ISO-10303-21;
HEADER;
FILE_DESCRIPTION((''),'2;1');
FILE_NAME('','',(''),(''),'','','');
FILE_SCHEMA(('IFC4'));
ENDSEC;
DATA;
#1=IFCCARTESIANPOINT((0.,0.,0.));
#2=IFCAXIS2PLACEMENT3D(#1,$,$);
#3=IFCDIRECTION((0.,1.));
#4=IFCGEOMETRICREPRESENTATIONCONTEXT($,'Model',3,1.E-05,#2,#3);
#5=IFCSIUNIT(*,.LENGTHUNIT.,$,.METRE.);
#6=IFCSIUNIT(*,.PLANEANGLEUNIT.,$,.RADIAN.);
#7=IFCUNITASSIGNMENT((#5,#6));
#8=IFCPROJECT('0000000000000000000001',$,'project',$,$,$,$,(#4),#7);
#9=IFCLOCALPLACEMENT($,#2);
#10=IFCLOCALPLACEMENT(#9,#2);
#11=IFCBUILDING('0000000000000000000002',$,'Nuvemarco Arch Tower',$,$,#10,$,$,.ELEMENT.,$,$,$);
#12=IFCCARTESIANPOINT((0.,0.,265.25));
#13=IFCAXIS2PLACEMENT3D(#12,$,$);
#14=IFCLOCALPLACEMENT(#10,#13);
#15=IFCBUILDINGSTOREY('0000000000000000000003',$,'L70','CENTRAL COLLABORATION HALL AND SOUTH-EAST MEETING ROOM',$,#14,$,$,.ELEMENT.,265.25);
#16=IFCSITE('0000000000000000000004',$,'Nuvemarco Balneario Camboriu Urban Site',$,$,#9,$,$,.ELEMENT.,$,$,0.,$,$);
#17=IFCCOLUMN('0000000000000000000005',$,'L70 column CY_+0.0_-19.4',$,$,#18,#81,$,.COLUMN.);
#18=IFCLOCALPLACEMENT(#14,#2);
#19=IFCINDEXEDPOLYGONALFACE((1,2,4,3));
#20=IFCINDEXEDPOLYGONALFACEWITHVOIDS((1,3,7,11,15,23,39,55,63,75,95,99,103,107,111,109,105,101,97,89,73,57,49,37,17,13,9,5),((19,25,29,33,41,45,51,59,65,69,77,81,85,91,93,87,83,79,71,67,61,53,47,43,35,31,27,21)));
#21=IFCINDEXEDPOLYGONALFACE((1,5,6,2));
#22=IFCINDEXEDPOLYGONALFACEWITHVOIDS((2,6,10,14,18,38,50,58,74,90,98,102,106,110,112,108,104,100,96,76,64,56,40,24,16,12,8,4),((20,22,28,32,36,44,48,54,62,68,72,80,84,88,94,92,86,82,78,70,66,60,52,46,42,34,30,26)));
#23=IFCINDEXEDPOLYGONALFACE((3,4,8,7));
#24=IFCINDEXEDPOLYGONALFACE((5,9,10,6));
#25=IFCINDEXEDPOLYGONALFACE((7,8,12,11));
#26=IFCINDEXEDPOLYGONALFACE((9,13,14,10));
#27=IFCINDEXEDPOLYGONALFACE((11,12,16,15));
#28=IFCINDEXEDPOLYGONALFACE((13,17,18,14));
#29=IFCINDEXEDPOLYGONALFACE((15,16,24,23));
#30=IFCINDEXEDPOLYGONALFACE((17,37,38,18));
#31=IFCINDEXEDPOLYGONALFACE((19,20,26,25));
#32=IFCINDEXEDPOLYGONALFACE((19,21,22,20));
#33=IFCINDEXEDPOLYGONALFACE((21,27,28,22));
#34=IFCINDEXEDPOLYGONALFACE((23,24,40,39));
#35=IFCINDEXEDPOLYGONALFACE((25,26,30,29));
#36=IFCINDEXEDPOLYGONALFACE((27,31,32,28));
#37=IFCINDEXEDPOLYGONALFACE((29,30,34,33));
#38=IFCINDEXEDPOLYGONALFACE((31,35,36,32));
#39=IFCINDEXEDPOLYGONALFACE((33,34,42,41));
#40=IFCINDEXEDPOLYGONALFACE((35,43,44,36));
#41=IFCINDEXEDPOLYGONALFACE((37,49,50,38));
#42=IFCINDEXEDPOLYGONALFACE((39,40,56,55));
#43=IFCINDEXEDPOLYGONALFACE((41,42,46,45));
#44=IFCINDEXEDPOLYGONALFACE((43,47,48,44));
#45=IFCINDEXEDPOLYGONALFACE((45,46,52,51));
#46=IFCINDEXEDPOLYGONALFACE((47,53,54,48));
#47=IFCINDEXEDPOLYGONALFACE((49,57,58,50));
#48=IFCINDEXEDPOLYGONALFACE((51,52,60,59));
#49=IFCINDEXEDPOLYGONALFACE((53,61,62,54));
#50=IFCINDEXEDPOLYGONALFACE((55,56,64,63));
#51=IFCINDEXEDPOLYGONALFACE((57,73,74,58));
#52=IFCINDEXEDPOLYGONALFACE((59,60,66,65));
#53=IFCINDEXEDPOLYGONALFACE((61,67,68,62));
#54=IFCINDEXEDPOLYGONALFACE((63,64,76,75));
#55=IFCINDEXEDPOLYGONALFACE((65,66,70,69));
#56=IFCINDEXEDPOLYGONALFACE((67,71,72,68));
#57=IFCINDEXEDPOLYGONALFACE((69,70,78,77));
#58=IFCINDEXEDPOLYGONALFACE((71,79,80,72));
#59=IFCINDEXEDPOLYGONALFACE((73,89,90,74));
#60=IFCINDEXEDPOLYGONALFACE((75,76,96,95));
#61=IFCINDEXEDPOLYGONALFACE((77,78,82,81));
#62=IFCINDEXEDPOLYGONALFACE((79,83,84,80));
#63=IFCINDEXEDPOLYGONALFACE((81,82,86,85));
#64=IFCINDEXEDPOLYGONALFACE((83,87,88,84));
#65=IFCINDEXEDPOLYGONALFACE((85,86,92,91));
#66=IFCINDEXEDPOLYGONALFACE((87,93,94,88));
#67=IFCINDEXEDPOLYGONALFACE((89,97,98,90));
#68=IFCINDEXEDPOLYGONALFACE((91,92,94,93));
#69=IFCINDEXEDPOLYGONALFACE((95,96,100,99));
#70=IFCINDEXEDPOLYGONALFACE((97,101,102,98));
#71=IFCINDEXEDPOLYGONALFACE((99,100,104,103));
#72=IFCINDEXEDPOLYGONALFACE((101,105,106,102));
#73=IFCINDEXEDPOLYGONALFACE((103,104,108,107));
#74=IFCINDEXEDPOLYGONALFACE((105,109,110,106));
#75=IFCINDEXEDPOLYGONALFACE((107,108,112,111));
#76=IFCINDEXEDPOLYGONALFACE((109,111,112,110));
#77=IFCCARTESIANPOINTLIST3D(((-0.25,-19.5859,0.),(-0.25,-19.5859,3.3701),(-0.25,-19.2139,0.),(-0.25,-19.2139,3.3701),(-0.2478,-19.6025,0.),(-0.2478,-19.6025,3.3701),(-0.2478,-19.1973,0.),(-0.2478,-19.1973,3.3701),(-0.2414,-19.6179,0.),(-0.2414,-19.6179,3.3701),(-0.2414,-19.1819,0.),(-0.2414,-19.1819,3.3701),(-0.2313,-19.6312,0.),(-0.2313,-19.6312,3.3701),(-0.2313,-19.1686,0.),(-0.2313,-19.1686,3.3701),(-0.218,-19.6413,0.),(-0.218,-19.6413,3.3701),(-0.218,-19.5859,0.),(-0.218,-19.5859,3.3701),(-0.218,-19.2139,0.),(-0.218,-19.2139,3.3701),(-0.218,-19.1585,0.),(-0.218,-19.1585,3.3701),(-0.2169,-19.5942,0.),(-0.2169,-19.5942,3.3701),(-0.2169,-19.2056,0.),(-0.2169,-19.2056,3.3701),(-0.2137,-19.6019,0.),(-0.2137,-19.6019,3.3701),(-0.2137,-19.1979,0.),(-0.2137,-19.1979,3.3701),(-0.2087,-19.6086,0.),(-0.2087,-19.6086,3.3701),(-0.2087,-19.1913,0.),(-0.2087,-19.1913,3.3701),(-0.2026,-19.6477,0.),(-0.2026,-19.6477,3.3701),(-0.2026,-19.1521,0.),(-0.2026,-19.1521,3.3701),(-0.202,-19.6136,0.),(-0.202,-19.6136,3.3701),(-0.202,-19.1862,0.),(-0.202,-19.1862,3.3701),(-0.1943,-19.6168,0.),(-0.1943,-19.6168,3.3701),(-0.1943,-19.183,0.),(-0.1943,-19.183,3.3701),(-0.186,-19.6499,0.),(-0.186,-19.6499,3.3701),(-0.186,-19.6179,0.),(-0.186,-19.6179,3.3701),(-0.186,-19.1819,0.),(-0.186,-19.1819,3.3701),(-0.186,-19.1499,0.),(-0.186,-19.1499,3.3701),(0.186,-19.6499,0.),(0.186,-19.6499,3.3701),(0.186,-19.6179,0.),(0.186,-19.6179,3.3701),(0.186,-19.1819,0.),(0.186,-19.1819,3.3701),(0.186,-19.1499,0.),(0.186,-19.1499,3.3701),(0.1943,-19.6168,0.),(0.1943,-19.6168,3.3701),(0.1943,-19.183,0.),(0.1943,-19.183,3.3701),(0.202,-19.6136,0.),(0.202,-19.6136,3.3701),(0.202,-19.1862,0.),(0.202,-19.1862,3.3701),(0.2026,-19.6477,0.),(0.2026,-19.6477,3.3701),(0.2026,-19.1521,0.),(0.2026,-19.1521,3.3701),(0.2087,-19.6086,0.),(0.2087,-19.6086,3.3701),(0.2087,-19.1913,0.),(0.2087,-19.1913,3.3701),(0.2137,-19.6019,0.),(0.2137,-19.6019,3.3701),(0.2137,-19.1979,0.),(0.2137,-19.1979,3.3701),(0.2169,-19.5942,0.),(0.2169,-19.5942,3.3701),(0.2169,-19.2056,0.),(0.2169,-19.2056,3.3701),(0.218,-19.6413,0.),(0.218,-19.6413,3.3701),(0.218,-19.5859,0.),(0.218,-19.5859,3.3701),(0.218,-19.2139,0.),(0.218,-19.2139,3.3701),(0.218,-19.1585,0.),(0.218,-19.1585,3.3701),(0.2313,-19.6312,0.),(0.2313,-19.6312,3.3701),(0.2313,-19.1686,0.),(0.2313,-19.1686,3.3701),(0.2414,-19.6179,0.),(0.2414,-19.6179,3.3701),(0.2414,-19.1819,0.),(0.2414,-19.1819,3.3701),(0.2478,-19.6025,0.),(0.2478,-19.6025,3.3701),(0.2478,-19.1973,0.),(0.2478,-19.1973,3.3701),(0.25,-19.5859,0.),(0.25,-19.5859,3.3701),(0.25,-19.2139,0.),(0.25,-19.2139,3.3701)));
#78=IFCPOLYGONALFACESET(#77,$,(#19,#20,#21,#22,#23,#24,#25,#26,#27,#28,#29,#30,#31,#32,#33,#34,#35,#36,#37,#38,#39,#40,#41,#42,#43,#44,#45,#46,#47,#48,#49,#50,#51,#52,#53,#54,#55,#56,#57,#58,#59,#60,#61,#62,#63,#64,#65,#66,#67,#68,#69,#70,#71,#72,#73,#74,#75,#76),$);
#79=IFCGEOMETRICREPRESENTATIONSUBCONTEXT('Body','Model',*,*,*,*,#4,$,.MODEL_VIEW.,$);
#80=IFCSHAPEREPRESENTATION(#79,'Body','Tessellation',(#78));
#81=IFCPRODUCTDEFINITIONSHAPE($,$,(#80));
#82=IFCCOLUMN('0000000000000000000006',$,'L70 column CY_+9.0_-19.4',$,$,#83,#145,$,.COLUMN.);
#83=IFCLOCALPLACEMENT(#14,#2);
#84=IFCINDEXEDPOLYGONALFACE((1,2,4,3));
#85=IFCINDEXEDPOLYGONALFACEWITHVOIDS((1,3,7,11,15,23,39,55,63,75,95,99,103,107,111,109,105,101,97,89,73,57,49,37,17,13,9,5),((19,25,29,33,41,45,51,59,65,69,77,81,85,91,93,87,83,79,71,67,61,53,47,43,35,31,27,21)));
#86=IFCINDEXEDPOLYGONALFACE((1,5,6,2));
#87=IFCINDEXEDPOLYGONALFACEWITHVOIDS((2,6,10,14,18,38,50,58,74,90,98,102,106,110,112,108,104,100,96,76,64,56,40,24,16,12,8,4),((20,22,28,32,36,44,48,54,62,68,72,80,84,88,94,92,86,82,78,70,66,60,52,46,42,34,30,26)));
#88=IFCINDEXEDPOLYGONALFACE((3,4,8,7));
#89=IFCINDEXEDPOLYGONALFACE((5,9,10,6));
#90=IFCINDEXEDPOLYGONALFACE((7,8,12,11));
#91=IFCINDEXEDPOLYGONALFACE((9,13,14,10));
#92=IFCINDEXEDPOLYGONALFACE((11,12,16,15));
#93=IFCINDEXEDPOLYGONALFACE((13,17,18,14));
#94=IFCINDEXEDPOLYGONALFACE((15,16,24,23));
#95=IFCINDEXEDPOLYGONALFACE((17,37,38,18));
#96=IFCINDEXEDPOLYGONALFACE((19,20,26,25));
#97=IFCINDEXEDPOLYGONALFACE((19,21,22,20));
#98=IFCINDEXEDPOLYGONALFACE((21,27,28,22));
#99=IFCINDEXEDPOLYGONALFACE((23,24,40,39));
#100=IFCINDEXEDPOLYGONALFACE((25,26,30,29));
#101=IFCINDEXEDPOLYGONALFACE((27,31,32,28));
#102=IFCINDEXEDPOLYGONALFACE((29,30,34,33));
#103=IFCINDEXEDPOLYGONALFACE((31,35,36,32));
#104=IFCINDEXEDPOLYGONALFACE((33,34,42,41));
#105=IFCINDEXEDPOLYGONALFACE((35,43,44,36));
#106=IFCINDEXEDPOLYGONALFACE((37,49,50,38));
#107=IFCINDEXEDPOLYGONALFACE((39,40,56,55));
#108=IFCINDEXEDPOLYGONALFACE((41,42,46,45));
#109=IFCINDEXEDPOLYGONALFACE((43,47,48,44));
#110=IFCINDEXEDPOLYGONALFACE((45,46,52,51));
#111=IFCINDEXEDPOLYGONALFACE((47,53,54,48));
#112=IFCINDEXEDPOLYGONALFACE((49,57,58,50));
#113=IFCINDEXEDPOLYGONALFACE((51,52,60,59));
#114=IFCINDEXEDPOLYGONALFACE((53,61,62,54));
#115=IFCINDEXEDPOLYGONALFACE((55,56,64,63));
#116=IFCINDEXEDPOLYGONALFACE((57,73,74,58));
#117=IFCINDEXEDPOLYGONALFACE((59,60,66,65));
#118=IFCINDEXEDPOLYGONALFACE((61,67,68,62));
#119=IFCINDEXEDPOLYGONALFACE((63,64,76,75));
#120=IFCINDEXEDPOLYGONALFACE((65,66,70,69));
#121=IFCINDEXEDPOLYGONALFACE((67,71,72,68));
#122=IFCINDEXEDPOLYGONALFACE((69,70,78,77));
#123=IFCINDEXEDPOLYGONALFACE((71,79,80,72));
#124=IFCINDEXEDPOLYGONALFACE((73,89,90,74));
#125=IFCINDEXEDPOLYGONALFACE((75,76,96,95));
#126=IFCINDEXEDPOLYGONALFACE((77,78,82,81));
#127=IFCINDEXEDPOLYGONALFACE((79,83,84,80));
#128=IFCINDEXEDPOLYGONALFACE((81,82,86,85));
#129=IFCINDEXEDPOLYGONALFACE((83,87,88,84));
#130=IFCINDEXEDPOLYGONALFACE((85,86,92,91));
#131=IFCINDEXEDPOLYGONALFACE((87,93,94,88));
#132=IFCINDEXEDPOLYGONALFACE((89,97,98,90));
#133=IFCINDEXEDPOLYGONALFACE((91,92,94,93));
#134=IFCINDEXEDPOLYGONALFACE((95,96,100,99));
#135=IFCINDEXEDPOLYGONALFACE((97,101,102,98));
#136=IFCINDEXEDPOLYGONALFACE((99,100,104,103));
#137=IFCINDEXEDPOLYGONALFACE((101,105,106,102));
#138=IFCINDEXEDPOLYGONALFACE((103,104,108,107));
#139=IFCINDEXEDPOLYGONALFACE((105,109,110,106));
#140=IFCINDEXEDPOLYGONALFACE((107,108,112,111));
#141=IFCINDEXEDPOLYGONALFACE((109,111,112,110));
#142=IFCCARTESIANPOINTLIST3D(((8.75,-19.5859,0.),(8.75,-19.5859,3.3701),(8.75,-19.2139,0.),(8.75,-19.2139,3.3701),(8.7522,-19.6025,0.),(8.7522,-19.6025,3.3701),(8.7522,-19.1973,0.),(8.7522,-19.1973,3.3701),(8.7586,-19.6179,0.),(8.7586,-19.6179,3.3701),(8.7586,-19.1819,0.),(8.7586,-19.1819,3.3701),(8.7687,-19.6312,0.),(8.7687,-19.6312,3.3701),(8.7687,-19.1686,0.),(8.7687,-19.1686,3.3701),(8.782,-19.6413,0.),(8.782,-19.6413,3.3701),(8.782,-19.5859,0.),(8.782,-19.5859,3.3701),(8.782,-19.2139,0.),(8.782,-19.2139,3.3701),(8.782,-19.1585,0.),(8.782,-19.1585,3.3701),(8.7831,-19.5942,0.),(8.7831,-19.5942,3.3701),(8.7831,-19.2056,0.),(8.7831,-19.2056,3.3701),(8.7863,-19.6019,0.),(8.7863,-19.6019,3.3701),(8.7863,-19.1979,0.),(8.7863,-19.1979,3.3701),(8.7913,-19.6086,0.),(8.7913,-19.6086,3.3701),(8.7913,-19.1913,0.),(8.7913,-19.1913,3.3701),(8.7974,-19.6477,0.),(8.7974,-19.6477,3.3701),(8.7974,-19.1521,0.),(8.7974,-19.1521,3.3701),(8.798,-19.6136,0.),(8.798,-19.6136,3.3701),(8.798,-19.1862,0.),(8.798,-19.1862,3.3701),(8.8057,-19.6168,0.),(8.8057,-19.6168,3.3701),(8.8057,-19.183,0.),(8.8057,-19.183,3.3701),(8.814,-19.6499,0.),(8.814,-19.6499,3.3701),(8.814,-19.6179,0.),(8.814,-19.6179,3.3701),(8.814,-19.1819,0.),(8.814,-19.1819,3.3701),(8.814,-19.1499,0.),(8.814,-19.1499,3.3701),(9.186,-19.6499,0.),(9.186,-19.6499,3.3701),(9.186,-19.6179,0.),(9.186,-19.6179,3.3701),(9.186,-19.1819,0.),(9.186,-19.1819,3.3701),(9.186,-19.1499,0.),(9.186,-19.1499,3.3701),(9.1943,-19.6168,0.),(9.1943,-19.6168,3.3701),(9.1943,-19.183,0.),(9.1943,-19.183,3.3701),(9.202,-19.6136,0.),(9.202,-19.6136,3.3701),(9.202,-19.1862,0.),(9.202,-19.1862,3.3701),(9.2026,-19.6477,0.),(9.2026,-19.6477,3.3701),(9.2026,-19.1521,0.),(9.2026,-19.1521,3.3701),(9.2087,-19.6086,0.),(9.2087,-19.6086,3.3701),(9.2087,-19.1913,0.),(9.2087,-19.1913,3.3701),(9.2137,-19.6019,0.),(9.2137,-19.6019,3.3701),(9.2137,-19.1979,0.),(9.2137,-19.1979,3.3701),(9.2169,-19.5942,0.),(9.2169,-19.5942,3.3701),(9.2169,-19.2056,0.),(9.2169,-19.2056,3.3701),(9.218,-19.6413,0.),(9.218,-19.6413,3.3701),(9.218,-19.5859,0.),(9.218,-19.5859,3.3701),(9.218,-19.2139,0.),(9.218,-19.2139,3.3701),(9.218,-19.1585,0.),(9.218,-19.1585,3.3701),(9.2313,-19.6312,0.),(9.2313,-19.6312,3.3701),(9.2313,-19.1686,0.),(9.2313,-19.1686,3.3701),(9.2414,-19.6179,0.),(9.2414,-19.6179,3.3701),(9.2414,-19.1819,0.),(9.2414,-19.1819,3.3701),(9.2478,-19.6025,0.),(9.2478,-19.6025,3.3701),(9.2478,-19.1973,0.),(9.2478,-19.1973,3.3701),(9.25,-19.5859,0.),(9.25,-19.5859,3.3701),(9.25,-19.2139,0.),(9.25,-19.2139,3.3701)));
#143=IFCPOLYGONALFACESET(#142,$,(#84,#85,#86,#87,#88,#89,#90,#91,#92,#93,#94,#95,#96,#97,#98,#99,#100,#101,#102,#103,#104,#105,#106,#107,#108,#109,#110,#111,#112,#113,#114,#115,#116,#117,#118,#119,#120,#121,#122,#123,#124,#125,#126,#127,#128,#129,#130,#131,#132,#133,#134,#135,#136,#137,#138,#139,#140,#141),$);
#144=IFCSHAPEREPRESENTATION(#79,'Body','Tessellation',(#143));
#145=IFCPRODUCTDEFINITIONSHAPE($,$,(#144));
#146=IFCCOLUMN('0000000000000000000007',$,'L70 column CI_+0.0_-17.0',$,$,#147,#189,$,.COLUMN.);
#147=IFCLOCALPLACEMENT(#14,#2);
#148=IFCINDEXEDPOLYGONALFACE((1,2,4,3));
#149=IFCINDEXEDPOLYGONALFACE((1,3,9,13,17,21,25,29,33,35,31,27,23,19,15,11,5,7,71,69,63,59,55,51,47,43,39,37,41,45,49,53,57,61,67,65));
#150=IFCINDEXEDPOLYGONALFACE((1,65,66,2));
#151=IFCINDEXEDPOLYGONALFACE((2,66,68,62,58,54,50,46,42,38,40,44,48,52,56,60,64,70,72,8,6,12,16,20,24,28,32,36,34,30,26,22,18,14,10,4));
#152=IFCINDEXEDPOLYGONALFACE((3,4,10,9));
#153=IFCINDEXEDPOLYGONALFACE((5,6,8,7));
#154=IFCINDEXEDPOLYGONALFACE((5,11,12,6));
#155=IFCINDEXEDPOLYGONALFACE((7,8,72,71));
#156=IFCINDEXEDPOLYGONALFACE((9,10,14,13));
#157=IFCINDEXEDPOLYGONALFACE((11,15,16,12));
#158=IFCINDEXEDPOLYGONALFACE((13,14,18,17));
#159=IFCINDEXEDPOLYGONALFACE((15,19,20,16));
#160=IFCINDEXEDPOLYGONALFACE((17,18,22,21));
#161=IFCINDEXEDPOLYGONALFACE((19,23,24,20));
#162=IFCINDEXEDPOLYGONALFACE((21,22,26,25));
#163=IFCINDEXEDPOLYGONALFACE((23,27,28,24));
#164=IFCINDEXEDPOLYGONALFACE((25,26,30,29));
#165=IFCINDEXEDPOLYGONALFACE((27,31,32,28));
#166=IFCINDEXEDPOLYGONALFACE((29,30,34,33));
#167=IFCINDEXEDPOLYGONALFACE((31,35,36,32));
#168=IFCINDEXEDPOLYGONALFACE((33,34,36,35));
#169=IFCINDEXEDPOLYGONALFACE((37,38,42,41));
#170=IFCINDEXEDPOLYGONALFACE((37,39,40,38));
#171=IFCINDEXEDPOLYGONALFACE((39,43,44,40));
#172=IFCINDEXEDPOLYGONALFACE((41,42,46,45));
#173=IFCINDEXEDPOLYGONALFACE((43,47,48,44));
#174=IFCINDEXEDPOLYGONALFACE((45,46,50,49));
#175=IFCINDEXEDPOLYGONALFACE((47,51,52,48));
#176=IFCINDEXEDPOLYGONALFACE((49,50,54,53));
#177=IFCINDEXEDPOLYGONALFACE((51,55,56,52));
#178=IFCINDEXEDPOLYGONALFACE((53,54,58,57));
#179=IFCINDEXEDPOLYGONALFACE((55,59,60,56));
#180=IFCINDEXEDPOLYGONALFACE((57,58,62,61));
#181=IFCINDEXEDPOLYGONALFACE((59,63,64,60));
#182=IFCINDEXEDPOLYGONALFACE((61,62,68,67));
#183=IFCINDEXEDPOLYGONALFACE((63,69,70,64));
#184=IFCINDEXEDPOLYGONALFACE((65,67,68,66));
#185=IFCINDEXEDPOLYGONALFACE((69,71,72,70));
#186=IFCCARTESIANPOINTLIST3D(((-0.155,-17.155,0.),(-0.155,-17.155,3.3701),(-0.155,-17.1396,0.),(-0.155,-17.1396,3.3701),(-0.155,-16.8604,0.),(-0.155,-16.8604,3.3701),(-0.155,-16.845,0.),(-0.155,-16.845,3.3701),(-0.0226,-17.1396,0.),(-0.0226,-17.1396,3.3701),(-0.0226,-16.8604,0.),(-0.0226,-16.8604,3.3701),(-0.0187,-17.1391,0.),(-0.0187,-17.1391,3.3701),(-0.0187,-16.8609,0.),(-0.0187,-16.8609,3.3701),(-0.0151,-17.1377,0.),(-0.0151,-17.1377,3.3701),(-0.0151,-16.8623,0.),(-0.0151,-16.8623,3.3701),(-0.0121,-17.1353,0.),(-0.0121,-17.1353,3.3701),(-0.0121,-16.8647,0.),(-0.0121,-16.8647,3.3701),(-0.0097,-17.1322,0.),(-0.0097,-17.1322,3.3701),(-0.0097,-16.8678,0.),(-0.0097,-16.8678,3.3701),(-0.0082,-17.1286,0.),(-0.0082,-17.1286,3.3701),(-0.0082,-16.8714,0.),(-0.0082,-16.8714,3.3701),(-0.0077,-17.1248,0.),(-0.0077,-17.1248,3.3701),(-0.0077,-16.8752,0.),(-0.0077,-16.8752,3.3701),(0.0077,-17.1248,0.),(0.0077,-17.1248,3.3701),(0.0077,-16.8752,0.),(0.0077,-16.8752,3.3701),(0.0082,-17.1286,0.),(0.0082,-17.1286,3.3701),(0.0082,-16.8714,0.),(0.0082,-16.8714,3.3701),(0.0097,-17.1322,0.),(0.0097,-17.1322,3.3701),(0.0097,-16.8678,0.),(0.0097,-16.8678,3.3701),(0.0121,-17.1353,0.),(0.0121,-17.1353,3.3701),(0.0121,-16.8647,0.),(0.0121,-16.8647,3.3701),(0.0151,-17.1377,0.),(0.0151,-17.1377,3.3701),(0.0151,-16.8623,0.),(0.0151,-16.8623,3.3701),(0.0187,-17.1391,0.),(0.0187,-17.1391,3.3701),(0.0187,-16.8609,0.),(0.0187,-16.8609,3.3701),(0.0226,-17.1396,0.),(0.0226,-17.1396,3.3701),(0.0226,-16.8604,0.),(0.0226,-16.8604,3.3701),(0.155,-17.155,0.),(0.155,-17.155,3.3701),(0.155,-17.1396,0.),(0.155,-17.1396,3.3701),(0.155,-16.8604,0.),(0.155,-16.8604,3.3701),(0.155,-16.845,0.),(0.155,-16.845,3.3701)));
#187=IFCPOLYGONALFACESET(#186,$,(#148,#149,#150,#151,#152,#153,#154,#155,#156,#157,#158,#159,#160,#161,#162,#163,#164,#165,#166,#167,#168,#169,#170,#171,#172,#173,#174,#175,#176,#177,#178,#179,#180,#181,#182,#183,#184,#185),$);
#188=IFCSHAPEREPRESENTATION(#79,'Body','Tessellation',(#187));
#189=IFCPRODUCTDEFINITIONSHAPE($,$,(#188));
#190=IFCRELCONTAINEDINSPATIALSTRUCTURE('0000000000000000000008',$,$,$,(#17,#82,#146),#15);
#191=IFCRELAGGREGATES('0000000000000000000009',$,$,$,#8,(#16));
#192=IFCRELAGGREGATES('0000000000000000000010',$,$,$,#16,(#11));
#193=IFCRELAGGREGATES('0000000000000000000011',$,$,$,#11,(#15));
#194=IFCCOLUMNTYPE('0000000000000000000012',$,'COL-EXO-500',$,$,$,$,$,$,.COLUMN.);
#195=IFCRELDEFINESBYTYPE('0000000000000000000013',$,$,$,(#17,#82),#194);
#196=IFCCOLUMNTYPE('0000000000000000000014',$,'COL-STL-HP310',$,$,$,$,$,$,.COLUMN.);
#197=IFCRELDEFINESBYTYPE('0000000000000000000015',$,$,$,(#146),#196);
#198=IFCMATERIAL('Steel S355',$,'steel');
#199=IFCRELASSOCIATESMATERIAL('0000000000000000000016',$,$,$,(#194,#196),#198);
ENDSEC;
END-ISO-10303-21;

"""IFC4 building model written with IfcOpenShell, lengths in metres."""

from ifc_helpers import new_model, si_unit, direction, frame, origin, origin_2d, place, context, subcontext, project, spatial, hollow_rectangle, i_section, extrude, material, material_profile, profile_set, type_object, element, save


model = new_model("IFC4")

# Units and contexts
model_context = context("Model", 3, precision=1e-05, world=origin(), true_north=direction((0.0, 1.0)))
body_context = subcontext(model_context, "Body", "Model", "MODEL_VIEW")
ifc_project = project(units=[si_unit("LENGTHUNIT", "METRE"), si_unit("PLANEANGLEUNIT", "RADIAN")], contexts=[model_context])

# Site, building, storey
site_placement = place(None, origin())
site = spatial("IfcSite", under=ifc_project, at=site_placement, Name="Nuvemarco Balneario Camboriu Urban Site", CompositionType="ELEMENT", RefElevation=0.0)
building_placement = place(site_placement, origin())
building = spatial("IfcBuilding", under=site, at=building_placement, Name="Nuvemarco Arch Tower", CompositionType="ELEMENT")
storey_placement = place(building_placement, frame((0.0, 0.0, 265.25)))
storey = spatial("IfcBuildingStorey", under=building, at=storey_placement, Name="L70", Description="CENTRAL COLLABORATION HALL AND SOUTH-EAST MEETING ROOM", CompositionType="ELEMENT", Elevation=265.25)

# Columns
ifc_material_1 = material(Name="Steel S355", Category="steel")
ifc_material_profile_1 = material_profile(ifc_material_1, hollow_rectangle(XDim=0.5, YDim=0.5, WallThickness=0.032, InnerFilletRadius=0.032, OuterFilletRadius=0.064, at=origin_2d()), Name="SHS500x500x32")
ifc_profile_set_1 = profile_set([ifc_material_profile_1], Name="Steel S355")
column_type_1 = type_object("IfcColumnType", Name="COL-EXO-500", PredefinedType="COLUMN", material=ifc_profile_set_1)
for number, where, z_axis, x_axis, name in (
    (1, (0.0, -19.3999, 0.0), (0.0, 0.0, 1.0), (1.0, 0.0, 0.0), "L70 column CY_+0.0_-19.4"),
    (2, (9.0, -19.3999, 0.0), (0.0, 0.0, 1.0), (1.0, 0.0, 0.0), "L70 column CY_+9.0_-19.4"),
):
    element("IfcColumn", number, at=place(storey_placement, frame(where, z_axis=z_axis, x_axis=x_axis)), inside=storey, type_object=column_type_1, Name=name, PredefinedType="COLUMN", context=body_context, shape_type="SweptSolid", body=[
        extrude(hollow_rectangle(XDim=0.5, YDim=0.5, WallThickness=0.032, InnerFilletRadius=0.032, OuterFilletRadius=0.064, at=origin_2d()), origin(), (0.0, 0.0, 1.0), 3.3701),
    ])
ifc_material_profile_2 = material_profile(ifc_material_1, i_section(OverallWidth=0.3101, OverallDepth=0.3101, WebThickness=0.0154, FlangeThickness=0.0154, FilletRadius=0.0149, at=origin_2d()), Name="HP310x110")
ifc_profile_set_2 = profile_set([ifc_material_profile_2], Name="Steel S355")
column_type_2 = type_object("IfcColumnType", Name="COL-STL-HP310", PredefinedType="COLUMN", material=ifc_profile_set_2)
for number, where, z_axis, x_axis, name in (
    (3, (0.0, -17.0, 0.0), (0.0, 0.0, 1.0), (1.0, 0.0, 0.0), "L70 column CI_+0.0_-17.0"),
):
    element("IfcColumn", number, at=place(storey_placement, frame(where, z_axis=z_axis, x_axis=x_axis)), inside=storey, type_object=column_type_2, Name=name, PredefinedType="COLUMN", context=body_context, shape_type="SweptSolid", body=[
        extrude(i_section(OverallWidth=0.3101, OverallDepth=0.3101, WebThickness=0.0154, FlangeThickness=0.0154, FilletRadius=0.0149, at=origin_2d()), origin(), (0.0, 0.0, 1.0), 3.3701),
    ])

save(model, "model.ifc")
